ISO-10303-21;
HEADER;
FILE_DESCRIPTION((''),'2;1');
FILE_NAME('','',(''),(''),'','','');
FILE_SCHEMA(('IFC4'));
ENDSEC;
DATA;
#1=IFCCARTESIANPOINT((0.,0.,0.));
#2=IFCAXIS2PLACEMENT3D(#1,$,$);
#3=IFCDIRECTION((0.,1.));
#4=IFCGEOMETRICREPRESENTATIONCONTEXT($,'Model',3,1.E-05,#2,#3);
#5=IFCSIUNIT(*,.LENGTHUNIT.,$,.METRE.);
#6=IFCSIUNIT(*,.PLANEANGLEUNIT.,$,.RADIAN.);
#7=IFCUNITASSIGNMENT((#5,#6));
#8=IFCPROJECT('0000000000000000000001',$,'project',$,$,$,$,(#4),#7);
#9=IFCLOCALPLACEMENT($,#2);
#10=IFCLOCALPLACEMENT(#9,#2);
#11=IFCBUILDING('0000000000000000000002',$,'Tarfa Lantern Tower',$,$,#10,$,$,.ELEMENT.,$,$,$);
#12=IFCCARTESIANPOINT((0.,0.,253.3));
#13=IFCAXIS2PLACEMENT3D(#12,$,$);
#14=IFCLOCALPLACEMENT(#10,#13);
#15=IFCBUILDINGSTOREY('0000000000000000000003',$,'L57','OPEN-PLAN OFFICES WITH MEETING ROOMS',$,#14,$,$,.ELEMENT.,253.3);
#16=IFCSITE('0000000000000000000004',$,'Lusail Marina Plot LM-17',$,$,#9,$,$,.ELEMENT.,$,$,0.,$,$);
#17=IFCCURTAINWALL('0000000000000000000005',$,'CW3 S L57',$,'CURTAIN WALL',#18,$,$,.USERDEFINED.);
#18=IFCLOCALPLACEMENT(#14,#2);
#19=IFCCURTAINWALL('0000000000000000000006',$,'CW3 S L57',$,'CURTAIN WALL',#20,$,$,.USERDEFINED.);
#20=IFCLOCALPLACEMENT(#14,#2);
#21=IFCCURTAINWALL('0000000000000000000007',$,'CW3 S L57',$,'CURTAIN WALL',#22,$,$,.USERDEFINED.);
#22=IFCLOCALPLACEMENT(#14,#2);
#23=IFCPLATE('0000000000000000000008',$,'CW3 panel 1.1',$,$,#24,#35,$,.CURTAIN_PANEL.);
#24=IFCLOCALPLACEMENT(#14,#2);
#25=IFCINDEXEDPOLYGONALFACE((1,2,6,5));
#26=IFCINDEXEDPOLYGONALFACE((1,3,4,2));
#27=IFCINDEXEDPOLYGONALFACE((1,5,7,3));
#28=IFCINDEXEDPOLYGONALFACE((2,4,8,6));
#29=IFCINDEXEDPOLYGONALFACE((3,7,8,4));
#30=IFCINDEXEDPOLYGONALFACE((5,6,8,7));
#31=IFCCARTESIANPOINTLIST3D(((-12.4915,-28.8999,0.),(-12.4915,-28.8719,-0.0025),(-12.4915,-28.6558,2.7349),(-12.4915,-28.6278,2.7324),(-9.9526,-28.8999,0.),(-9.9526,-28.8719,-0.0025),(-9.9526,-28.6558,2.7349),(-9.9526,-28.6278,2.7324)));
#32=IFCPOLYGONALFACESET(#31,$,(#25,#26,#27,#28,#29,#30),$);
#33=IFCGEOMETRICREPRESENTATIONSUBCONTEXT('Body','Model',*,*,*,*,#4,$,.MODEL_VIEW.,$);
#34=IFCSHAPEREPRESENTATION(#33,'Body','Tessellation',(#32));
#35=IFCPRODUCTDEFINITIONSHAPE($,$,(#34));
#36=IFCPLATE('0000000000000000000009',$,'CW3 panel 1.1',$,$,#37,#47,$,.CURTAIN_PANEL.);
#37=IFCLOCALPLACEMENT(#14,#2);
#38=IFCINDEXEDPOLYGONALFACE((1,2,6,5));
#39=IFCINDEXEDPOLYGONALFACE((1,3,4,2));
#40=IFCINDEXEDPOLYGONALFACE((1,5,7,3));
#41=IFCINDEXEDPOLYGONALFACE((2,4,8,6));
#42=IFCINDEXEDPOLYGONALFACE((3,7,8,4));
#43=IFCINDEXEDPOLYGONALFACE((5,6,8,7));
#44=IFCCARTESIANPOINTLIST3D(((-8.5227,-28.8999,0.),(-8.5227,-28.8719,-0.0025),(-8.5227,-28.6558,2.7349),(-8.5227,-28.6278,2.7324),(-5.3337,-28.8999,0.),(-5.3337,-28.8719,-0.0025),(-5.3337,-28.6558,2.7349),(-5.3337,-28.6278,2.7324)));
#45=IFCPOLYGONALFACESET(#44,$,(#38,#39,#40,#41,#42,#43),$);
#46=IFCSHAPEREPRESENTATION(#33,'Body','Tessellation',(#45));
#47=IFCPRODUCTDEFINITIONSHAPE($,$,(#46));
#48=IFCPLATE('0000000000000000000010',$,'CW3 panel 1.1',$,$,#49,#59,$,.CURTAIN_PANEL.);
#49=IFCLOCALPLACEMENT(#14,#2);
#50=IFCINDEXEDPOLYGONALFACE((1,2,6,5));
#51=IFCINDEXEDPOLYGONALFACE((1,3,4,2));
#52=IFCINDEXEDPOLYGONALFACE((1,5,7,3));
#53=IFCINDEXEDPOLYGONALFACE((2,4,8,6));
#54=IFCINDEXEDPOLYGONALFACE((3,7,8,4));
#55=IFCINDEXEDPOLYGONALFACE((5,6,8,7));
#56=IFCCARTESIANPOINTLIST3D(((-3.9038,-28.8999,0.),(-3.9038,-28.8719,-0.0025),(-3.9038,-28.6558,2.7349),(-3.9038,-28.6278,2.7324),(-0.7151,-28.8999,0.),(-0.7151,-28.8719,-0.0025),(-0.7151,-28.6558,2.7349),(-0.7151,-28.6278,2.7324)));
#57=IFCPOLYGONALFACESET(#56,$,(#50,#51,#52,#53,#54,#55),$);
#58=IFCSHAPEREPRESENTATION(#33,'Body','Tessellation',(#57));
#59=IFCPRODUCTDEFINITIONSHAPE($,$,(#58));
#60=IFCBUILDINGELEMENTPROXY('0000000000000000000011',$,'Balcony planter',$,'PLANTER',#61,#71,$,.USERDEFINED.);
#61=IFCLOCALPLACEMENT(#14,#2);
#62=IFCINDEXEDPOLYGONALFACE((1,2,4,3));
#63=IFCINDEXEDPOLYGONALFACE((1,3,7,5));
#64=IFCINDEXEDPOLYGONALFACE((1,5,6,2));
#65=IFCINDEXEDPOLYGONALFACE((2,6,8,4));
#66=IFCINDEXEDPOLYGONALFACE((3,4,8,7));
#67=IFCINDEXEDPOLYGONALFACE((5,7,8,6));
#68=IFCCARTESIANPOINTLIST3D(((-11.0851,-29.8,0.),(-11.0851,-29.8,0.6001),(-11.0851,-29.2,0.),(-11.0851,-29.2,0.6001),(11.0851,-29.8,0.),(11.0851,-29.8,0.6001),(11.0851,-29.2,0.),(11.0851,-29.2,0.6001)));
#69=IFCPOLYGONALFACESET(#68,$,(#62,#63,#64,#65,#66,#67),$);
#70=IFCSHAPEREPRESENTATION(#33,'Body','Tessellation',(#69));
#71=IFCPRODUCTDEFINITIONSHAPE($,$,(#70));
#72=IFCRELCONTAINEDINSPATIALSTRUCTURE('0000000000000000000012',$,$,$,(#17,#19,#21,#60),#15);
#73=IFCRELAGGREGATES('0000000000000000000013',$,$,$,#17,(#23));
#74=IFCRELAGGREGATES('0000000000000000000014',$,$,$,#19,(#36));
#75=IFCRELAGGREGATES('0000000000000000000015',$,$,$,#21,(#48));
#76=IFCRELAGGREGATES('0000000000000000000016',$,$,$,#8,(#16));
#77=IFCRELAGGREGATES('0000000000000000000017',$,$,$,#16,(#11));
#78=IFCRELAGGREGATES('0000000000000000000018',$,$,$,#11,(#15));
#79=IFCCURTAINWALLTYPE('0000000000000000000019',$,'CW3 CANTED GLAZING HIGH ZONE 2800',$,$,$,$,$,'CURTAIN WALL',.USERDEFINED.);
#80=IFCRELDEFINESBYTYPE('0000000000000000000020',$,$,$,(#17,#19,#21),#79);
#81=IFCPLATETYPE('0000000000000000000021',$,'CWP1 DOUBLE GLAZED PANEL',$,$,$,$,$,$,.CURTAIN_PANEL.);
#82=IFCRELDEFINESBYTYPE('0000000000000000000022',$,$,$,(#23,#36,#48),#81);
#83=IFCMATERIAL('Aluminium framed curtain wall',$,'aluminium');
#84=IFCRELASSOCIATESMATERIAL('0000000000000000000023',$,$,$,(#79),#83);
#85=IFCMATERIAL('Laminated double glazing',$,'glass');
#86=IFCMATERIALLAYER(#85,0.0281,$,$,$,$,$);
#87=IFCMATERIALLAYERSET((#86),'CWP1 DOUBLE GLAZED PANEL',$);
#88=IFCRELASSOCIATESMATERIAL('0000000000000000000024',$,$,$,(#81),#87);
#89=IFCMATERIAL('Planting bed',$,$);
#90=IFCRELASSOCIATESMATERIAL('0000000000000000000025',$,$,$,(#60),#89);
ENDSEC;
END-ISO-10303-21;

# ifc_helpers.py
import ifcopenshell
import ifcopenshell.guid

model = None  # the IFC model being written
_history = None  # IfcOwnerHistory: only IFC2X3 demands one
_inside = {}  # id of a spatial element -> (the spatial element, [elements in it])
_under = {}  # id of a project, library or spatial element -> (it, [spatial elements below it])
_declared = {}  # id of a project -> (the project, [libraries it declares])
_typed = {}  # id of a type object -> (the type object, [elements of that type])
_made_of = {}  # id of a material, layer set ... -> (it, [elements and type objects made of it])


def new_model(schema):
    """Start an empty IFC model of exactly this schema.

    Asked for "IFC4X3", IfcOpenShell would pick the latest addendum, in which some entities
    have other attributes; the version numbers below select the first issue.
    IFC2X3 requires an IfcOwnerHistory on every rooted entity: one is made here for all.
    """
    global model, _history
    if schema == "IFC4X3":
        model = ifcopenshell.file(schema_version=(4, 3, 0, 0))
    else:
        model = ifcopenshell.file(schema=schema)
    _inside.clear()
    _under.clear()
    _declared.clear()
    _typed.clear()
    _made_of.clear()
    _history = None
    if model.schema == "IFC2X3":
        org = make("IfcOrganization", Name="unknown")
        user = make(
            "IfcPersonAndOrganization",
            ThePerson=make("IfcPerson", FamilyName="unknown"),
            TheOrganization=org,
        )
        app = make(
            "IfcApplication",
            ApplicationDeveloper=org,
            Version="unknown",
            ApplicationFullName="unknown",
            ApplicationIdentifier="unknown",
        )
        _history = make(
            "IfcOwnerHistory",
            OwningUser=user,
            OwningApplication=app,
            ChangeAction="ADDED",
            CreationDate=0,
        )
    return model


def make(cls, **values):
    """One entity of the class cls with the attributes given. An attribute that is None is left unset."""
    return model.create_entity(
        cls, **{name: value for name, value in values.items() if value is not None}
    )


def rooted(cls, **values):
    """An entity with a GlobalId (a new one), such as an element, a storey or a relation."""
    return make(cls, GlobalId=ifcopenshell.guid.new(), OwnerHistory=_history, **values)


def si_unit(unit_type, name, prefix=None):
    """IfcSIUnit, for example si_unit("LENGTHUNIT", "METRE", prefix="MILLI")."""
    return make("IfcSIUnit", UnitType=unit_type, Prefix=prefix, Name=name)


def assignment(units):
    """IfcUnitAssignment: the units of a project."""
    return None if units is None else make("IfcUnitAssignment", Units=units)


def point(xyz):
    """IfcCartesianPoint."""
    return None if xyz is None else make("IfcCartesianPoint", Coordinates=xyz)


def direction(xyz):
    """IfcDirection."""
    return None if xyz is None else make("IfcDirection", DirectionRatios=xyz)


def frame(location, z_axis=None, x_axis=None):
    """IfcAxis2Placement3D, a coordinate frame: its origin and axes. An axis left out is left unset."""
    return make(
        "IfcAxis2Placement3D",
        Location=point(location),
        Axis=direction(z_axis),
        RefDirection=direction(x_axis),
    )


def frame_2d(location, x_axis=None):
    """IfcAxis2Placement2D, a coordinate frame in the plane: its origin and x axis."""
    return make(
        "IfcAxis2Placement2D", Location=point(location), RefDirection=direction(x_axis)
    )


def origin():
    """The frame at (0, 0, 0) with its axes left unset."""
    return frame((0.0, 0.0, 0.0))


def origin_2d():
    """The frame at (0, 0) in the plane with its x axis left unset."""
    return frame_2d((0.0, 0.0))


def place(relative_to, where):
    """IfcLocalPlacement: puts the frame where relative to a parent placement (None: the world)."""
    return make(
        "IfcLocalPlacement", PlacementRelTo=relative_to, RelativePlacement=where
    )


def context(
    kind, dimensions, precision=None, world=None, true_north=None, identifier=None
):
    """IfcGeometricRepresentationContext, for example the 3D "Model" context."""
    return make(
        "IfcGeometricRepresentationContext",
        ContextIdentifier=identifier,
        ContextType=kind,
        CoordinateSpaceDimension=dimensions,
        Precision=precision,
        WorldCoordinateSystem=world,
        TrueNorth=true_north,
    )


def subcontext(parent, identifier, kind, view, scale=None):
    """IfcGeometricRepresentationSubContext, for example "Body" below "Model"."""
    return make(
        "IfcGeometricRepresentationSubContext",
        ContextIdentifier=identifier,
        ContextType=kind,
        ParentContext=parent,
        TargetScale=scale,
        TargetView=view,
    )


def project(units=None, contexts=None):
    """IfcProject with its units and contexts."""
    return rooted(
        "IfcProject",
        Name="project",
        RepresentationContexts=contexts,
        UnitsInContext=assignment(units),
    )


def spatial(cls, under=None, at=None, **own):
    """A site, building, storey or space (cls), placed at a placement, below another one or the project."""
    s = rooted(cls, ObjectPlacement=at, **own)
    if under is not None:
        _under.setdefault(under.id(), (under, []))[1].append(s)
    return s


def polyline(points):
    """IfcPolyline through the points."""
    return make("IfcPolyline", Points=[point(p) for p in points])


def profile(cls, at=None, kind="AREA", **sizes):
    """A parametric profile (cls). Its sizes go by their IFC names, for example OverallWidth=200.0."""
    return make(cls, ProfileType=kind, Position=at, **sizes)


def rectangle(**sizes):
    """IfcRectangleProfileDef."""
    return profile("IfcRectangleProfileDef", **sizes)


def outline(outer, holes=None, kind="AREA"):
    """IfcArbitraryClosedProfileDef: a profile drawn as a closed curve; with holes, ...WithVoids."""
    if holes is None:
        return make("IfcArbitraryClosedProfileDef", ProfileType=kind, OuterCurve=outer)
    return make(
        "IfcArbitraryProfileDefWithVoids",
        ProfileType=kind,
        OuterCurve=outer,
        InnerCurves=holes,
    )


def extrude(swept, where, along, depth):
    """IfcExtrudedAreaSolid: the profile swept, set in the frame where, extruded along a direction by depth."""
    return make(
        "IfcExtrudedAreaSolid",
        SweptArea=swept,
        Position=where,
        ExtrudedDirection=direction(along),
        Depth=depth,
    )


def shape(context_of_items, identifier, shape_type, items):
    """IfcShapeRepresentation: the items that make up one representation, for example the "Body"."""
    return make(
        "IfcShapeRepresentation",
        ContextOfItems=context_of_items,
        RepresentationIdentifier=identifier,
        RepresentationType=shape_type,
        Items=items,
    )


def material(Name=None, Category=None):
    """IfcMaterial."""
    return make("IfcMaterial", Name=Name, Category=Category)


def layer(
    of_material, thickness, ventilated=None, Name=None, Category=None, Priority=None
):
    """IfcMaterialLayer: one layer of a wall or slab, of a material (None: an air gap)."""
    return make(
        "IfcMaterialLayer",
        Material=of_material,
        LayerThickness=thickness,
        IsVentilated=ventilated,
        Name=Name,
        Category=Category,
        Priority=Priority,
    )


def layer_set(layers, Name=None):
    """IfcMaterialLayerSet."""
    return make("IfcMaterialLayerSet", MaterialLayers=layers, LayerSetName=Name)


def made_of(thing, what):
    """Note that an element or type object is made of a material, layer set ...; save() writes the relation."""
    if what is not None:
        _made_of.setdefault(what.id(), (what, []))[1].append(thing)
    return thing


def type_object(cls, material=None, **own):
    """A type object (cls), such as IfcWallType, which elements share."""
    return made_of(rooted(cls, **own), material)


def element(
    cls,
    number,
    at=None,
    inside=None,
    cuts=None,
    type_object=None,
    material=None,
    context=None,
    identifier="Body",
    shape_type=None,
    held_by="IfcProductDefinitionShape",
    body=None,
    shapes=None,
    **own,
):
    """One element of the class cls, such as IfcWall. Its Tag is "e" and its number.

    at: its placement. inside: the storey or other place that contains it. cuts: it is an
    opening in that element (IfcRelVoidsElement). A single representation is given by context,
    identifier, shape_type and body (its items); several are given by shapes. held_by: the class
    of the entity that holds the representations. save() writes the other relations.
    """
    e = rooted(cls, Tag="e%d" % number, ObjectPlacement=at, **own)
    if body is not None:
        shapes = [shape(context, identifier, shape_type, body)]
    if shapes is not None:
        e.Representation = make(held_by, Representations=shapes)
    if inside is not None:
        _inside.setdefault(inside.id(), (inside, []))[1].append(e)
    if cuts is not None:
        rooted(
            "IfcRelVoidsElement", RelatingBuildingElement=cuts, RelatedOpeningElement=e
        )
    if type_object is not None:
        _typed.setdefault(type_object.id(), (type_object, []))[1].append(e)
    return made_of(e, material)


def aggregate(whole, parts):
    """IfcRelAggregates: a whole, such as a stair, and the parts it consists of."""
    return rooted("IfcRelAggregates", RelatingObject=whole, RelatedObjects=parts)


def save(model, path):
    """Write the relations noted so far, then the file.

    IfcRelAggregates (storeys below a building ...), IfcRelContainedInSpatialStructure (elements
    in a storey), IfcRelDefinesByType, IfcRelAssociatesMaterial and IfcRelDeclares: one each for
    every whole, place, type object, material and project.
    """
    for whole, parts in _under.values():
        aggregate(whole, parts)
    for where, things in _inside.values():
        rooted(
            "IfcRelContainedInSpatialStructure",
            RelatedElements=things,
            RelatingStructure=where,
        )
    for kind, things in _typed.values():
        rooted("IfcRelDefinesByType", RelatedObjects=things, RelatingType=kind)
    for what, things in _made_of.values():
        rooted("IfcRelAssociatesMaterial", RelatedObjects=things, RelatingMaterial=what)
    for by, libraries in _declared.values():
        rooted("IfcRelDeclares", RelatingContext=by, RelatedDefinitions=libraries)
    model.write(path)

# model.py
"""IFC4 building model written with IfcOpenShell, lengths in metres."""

from ifc_helpers import new_model, si_unit, direction, frame, origin, origin_2d, place, context, subcontext, project, spatial, polyline, rectangle, outline, extrude, material, layer, layer_set, type_object, element, aggregate, save


model = new_model("IFC4")

# Units and contexts
model_context = context("Model", 3, precision=1e-05, world=origin(), true_north=direction((0.0, 1.0)))
body_context = subcontext(model_context, "Body", "Model", "MODEL_VIEW")
ifc_project = project(units=[si_unit("LENGTHUNIT", "METRE"), si_unit("PLANEANGLEUNIT", "RADIAN")], contexts=[model_context])

# Site, building, storey
site_placement = place(None, origin())
site = spatial("IfcSite", under=ifc_project, at=site_placement, Name="Lusail Marina Plot LM-17", CompositionType="ELEMENT", RefElevation=0.0)
building_placement = place(site_placement, origin())
building = spatial("IfcBuilding", under=site, at=building_placement, Name="Tarfa Lantern Tower", CompositionType="ELEMENT")
storey_placement = place(building_placement, frame((0.0, 0.0, 253.3)))
storey = spatial("IfcBuildingStorey", under=building, at=storey_placement, Name="L57", Description="OPEN-PLAN OFFICES WITH MEETING ROOMS", CompositionType="ELEMENT", Elevation=253.3)

# Curtain walls
ifc_material_1 = material(Name="Aluminium framed curtain wall", Category="aluminium")
curtain_wall_type = type_object("IfcCurtainWallType", Name="CW3 CANTED GLAZING HIGH ZONE 2800", ElementType="CURTAIN WALL", PredefinedType="USERDEFINED", material=ifc_material_1)
curtain_wall_1_placement = place(storey_placement, origin())
curtain_wall_1 = element("IfcCurtainWall", 1, at=curtain_wall_1_placement, inside=storey, type_object=curtain_wall_type, Name="CW3 S L57", ObjectType="CURTAIN WALL", PredefinedType="USERDEFINED")
curtain_wall_2_placement = place(storey_placement, origin())
curtain_wall_2 = element("IfcCurtainWall", 2, at=curtain_wall_2_placement, inside=storey, type_object=curtain_wall_type, Name="CW3 S L57", ObjectType="CURTAIN WALL", PredefinedType="USERDEFINED")
curtain_wall_3_placement = place(storey_placement, origin())
curtain_wall_3 = element("IfcCurtainWall", 3, at=curtain_wall_3_placement, inside=storey, type_object=curtain_wall_type, Name="CW3 S L57", ObjectType="CURTAIN WALL", PredefinedType="USERDEFINED")

# Plates
ifc_material_2 = material(Name="Laminated double glazing", Category="glass")
ifc_layer = layer(ifc_material_2, 0.0281)
ifc_layer_set = layer_set([ifc_layer], Name="CWP1 DOUBLE GLAZED PANEL")
plate_type = type_object("IfcPlateType", Name="CWP1 DOUBLE GLAZED PANEL", PredefinedType="CURTAIN_PANEL", material=ifc_layer_set)
plate_1_placement = place(storey_placement, frame((-12.4915, -28.8999, 0.0), z_axis=(0.0, -0.996039, 0.088916), x_axis=(1.0, 0.0, 0.0)))
plate_1 = element("IfcPlate", 4, at=plate_1_placement, type_object=plate_type, Name="CW3 panel 1.1", PredefinedType="CURTAIN_PANEL", context=body_context, shape_type="SweptSolid", body=[
    extrude(outline(polyline([(0.0, 0.0), (2.5388, 0.0), (2.5388, 2.7457), (0.0, 2.7457), (0.0, 0.0)])), origin(), (0.0, 0.0, -1.0), 0.0281),
])
aggregate(curtain_wall_1, [plate_1])
plate_2_placement = place(storey_placement, frame((-8.5227, -28.8999, 0.0), z_axis=(0.0, -0.996039, 0.088916), x_axis=(1.0, 0.0, 0.0)))
plate_2 = element("IfcPlate", 5, at=plate_2_placement, type_object=plate_type, Name="CW3 panel 1.1", PredefinedType="CURTAIN_PANEL", context=body_context, shape_type="SweptSolid", body=[
    extrude(outline(polyline([(0.0, 0.0), (3.189, 0.0), (3.189, 2.7457), (0.0, 2.7457), (0.0, 0.0)])), origin(), (0.0, 0.0, -1.0), 0.0281),
])
aggregate(curtain_wall_2, [plate_2])
plate_3_placement = place(storey_placement, frame((-3.9038, -28.8999, 0.0), z_axis=(0.0, -0.996039, 0.088916), x_axis=(1.0, 0.0, 0.0)))
plate_3 = element("IfcPlate", 6, at=plate_3_placement, type_object=plate_type, Name="CW3 panel 1.1", PredefinedType="CURTAIN_PANEL", context=body_context, shape_type="SweptSolid", body=[
    extrude(outline(polyline([(0.0, 0.0), (3.1887, 0.0), (3.1887, 2.7457), (0.0, 2.7457), (0.0, 0.0)])), origin(), (0.0, 0.0, -1.0), 0.0281),
])
aggregate(curtain_wall_3, [plate_3])

# Building element proxy
ifc_material_3 = material(Name="Planting bed")
proxy_placement = place(storey_placement, frame((0.0, -29.5, 0.0), z_axis=(0.0, 0.0, 1.0), x_axis=(1.0, 0.0, 0.0)))
element("IfcBuildingElementProxy", 7, at=proxy_placement, inside=storey, material=ifc_material_3, Name="Balcony planter", ObjectType="PLANTER", PredefinedType="USERDEFINED", context=body_context, shape_type="SweptSolid", body=[
    extrude(rectangle(XDim=22.1702, YDim=0.6001, at=origin_2d()), origin(), (0.0, 0.0, 1.0), 0.6001),
])

save(model, "model.ifc")
